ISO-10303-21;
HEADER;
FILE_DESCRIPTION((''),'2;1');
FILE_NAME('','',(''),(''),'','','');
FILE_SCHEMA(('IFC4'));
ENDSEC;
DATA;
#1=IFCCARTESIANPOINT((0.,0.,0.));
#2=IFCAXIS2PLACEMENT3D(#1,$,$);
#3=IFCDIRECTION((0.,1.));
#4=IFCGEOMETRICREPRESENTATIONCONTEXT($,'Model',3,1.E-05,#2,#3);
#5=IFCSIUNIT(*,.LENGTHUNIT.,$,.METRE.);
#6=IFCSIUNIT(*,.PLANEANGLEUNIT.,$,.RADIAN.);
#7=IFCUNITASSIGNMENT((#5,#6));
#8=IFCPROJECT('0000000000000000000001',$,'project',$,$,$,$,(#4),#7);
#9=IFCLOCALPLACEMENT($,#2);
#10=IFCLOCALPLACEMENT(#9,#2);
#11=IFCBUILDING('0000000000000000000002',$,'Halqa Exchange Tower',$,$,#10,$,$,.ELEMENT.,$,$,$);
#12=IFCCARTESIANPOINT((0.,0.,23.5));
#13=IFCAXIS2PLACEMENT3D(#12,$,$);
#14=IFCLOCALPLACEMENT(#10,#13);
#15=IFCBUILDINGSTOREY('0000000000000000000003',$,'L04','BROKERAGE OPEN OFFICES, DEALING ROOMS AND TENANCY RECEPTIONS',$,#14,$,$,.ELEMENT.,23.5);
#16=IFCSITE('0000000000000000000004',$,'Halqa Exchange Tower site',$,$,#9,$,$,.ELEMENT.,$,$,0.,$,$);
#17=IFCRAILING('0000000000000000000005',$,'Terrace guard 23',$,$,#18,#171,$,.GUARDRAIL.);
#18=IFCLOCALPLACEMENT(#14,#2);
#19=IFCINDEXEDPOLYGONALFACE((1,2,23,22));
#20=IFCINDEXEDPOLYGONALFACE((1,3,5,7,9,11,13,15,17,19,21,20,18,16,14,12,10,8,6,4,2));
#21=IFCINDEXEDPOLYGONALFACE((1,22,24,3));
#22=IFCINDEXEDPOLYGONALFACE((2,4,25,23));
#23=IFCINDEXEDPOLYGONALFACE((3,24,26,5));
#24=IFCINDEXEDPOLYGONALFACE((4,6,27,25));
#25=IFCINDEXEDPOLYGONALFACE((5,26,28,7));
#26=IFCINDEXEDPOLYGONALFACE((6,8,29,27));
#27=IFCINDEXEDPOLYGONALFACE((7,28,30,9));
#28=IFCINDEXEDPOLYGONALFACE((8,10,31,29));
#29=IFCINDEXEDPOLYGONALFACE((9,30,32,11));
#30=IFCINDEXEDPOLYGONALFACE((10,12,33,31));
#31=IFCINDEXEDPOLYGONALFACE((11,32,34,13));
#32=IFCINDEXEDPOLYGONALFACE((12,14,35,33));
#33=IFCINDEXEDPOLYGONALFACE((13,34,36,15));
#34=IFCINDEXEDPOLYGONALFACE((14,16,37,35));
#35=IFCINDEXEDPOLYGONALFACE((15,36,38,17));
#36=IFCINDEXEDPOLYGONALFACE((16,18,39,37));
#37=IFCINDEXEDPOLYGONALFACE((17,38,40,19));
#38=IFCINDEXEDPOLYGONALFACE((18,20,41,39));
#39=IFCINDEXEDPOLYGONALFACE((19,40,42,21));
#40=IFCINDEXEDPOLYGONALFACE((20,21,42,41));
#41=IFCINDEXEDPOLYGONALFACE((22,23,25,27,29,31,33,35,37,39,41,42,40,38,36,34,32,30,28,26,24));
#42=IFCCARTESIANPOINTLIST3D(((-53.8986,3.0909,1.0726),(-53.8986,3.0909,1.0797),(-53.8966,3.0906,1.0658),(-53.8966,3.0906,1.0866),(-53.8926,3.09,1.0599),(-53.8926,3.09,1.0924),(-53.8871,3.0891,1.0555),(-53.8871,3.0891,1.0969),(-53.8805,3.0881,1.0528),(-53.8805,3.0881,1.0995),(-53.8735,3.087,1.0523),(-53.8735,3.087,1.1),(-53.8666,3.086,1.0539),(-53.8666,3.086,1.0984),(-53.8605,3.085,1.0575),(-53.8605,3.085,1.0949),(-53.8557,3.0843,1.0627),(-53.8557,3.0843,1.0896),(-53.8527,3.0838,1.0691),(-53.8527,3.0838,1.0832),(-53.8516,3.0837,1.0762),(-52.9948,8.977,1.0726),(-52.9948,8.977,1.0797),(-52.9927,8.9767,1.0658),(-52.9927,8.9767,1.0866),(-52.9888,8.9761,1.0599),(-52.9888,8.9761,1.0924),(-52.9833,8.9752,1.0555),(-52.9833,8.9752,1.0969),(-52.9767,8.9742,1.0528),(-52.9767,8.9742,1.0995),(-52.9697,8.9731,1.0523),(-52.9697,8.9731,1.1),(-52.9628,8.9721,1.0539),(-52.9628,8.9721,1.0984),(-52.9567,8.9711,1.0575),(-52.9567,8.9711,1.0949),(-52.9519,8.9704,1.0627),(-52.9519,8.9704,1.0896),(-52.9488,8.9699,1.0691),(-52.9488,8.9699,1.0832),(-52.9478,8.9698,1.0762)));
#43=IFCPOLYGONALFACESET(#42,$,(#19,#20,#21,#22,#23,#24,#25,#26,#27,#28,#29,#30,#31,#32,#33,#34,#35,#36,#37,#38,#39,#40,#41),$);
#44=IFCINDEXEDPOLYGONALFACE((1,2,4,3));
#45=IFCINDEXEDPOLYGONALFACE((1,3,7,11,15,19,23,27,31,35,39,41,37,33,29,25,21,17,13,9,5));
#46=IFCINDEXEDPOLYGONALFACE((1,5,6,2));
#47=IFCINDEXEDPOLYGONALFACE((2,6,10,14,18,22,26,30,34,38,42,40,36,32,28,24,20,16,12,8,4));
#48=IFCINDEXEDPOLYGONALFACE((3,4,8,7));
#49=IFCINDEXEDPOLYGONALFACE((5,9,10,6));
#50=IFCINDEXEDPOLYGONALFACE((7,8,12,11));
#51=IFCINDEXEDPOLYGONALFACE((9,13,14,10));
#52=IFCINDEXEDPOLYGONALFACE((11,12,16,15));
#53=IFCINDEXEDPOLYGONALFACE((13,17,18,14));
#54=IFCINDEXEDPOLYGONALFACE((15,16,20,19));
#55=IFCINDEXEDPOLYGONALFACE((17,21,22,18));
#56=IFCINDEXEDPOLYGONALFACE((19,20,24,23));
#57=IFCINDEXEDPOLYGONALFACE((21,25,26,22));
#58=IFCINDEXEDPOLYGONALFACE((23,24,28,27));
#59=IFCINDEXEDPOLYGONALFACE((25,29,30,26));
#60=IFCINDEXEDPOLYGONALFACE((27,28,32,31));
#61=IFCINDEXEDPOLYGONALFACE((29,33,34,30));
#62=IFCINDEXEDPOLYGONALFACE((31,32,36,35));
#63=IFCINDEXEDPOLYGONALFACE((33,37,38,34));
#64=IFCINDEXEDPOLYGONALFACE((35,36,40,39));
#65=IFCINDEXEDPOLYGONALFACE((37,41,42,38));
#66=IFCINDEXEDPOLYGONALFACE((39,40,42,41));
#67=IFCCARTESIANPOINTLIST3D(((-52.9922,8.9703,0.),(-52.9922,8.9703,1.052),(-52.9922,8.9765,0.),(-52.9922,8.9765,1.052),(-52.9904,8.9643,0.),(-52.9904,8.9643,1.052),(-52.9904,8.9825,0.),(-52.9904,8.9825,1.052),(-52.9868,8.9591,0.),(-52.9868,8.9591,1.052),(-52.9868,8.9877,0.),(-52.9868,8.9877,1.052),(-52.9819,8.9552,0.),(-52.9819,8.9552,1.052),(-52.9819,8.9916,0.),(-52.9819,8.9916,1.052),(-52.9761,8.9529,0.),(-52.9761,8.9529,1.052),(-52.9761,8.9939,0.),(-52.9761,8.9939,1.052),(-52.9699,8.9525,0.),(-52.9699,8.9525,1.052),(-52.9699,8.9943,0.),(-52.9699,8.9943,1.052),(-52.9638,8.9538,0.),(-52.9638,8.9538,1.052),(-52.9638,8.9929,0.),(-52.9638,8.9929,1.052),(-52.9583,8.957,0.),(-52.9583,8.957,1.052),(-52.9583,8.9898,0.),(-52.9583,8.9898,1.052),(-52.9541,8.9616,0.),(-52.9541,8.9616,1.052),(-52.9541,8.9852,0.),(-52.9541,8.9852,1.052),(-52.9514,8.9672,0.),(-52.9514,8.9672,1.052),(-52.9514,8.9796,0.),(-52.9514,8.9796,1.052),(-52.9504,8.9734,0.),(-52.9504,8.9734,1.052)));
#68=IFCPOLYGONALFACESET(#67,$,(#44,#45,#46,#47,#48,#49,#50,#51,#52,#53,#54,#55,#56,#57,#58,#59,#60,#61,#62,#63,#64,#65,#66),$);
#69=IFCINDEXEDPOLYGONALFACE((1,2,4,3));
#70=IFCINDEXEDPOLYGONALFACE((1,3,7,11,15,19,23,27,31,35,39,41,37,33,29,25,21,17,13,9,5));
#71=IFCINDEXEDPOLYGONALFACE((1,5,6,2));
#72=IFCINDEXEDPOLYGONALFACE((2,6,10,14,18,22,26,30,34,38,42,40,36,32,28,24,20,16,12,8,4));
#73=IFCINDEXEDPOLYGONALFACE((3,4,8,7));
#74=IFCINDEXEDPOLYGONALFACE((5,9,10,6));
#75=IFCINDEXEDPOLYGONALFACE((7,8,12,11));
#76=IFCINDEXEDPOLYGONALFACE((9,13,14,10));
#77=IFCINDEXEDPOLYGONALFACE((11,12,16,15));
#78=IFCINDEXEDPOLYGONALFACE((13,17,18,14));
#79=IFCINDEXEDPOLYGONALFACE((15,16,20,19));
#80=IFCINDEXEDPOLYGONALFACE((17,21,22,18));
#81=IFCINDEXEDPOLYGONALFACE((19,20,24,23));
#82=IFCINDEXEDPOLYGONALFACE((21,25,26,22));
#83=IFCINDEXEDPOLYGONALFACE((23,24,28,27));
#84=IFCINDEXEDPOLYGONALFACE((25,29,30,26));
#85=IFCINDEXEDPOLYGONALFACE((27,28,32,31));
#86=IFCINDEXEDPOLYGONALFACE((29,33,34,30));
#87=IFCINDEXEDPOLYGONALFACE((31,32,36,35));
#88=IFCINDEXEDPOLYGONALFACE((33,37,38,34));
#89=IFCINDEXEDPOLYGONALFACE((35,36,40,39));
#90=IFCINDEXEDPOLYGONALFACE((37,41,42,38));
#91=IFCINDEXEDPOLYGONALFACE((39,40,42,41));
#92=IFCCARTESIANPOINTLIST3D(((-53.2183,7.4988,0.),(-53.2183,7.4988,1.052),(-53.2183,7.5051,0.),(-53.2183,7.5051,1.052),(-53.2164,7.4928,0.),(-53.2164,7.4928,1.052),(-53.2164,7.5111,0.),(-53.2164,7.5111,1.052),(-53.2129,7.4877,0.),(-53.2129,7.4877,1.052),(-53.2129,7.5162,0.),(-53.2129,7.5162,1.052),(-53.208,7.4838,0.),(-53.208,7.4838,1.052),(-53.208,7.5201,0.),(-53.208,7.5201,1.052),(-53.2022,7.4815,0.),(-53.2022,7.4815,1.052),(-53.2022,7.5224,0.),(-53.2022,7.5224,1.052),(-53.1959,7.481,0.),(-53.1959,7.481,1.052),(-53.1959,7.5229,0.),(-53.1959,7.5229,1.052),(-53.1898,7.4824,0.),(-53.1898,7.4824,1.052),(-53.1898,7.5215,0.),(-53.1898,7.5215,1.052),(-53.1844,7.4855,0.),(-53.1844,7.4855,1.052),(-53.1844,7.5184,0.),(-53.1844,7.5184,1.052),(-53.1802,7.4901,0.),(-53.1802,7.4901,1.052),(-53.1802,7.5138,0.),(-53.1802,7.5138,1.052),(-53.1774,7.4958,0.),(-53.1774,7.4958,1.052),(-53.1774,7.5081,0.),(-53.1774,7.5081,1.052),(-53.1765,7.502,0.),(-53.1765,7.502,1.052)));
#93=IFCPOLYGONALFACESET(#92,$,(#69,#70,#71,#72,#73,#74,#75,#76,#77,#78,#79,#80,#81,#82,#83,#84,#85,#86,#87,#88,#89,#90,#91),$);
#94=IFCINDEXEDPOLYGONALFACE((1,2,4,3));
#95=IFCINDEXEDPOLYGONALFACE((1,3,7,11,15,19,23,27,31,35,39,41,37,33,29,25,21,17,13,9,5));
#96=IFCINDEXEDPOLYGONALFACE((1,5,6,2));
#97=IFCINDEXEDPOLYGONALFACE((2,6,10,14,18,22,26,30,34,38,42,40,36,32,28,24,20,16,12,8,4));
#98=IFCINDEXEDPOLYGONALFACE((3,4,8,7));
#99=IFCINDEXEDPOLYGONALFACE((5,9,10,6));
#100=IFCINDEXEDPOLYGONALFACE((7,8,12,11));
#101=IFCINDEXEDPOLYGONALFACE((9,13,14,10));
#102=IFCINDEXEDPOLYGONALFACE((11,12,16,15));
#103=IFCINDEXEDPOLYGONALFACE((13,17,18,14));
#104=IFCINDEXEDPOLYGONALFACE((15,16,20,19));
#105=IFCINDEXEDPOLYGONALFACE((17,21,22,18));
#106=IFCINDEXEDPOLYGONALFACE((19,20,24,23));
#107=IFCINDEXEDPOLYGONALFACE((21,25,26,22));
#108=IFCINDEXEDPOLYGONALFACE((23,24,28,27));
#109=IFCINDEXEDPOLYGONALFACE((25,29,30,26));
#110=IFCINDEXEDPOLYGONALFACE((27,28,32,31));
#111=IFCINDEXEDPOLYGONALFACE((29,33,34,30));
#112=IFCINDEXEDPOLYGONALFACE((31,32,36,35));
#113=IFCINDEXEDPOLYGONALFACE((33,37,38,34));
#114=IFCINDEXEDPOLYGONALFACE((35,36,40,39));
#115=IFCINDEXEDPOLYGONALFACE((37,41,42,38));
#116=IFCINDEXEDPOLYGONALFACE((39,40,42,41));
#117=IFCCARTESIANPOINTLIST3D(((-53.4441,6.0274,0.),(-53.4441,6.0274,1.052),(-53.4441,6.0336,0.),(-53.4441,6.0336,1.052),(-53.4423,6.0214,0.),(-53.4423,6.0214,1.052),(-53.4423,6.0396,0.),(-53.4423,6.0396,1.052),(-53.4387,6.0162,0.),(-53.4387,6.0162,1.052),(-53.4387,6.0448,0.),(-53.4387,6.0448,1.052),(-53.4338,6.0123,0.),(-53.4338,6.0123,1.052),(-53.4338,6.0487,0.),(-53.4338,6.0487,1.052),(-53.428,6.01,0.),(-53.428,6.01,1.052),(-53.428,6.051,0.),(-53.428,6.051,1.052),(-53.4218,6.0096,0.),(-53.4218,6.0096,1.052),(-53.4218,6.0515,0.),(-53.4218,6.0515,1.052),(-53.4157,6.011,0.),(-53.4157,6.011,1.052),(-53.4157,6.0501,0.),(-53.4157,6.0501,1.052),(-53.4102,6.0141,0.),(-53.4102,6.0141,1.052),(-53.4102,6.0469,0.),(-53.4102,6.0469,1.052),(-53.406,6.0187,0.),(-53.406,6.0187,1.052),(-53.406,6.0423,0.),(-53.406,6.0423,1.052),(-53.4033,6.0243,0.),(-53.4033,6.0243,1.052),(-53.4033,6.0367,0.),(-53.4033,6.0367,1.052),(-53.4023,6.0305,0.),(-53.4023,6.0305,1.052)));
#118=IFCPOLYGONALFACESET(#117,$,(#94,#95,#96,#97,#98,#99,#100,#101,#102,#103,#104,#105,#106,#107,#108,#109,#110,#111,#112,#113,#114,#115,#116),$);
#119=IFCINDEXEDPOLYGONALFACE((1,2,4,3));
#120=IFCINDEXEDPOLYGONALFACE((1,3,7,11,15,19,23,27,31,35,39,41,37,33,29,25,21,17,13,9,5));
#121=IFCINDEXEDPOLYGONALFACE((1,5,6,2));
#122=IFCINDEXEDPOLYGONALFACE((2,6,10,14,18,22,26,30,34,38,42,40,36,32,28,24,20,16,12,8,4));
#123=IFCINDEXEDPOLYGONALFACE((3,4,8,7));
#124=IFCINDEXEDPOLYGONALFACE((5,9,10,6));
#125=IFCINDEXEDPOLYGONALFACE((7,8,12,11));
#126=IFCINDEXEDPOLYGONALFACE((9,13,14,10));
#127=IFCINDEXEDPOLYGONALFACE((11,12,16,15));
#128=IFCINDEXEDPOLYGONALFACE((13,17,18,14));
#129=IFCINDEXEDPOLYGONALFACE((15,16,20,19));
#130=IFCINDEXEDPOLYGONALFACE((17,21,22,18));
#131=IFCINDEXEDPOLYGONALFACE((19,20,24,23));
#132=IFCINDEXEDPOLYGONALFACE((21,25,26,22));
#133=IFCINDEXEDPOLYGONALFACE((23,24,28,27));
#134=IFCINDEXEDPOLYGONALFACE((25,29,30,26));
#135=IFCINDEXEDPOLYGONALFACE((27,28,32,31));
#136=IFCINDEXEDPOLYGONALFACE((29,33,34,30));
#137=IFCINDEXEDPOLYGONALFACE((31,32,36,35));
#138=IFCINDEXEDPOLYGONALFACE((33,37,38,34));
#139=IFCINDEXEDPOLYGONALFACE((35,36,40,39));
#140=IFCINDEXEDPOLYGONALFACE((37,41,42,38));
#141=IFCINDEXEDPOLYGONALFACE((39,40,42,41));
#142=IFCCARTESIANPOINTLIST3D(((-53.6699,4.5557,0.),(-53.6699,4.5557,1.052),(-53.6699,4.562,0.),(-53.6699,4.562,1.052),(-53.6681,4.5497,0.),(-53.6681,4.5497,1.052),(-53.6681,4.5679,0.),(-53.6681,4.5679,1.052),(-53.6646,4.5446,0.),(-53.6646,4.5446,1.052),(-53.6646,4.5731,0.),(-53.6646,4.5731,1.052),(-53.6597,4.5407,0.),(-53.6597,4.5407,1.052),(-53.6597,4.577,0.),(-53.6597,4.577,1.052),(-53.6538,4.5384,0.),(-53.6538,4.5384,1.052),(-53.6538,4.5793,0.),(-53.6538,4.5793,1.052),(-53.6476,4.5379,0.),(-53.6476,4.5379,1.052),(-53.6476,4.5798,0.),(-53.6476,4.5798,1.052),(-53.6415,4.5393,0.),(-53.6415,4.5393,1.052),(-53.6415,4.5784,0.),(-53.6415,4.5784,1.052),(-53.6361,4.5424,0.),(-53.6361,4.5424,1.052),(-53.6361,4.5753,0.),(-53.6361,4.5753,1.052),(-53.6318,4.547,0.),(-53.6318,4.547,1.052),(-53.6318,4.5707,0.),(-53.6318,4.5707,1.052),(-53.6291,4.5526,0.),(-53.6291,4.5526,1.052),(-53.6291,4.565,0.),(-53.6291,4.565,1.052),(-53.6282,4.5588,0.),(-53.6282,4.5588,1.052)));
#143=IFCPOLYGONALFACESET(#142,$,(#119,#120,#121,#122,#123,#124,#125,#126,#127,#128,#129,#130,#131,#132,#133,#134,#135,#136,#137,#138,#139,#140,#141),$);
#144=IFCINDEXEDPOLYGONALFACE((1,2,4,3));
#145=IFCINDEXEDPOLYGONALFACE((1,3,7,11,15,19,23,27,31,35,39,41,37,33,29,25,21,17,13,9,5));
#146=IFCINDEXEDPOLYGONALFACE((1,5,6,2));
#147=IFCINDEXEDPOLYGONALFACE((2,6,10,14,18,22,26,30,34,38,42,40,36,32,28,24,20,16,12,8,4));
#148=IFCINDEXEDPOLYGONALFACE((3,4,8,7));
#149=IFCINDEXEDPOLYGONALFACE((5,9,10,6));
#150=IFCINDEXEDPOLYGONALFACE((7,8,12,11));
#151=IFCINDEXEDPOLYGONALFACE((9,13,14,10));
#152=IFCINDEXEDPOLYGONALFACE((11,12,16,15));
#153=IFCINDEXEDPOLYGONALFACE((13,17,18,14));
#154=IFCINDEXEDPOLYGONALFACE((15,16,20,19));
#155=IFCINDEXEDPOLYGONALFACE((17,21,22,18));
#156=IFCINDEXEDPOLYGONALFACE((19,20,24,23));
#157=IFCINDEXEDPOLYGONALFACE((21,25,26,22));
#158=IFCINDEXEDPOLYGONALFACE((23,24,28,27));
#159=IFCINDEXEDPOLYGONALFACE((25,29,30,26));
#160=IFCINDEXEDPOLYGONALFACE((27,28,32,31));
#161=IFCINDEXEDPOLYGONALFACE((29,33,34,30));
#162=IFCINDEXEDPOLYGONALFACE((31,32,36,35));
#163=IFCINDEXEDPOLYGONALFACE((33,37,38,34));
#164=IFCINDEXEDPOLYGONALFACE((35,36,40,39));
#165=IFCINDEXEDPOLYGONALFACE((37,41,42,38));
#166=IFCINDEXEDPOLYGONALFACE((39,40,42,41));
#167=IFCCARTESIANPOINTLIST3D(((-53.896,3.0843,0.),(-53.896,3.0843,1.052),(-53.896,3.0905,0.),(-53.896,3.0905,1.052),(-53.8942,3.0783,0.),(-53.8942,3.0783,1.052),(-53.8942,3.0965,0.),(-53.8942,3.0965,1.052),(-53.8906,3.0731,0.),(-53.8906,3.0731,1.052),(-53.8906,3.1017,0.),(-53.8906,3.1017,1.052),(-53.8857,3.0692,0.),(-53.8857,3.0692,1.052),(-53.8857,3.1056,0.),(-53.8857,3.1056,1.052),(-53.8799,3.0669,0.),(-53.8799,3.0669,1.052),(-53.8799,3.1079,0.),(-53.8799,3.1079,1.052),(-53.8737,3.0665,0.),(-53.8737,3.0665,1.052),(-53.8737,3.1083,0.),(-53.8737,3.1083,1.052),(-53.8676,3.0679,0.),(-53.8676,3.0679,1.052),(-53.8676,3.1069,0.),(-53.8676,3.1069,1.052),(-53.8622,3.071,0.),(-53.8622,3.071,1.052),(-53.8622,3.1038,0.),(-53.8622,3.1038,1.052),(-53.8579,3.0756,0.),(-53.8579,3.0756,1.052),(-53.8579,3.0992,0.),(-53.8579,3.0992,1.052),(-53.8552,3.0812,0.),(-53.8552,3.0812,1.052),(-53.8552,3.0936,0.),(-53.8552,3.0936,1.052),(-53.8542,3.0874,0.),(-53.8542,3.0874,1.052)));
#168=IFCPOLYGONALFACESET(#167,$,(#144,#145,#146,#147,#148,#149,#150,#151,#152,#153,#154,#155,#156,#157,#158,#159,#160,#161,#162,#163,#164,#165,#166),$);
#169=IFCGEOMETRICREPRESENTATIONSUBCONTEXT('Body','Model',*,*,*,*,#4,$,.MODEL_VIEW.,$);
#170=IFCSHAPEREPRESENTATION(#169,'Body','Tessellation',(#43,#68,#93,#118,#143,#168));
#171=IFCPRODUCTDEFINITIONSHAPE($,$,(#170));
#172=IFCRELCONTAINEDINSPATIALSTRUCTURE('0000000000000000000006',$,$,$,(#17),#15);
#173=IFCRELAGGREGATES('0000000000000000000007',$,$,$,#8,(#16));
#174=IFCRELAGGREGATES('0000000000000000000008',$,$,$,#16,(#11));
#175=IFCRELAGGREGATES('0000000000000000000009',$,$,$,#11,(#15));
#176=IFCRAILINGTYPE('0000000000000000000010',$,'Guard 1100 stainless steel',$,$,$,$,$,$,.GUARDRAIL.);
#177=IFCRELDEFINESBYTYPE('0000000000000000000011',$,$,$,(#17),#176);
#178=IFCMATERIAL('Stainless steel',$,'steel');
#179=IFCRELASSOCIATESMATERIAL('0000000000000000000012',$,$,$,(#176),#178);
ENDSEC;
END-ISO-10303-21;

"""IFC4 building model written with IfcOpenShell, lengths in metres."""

from ifc_helpers import new_model, si_unit, direction, frame, origin, origin_2d, place, context, subcontext, project, spatial, circle, extrude, material, type_object, element, save


model = new_model("IFC4")

# Units and contexts
model_context = context("Model", 3, precision=1e-05, world=origin(), true_north=direction((0.0, 1.0)))
body_context = subcontext(model_context, "Body", "Model", "MODEL_VIEW")
ifc_project = project(units=[si_unit("LENGTHUNIT", "METRE"), si_unit("PLANEANGLEUNIT", "RADIAN")], contexts=[model_context])

# Site, building, storey
site_placement = place(None, origin())
site = spatial("IfcSite", under=ifc_project, at=site_placement, Name="Halqa Exchange Tower site", CompositionType="ELEMENT", RefElevation=0.0)
building_placement = place(site_placement, origin())
building = spatial("IfcBuilding", under=site, at=building_placement, Name="Halqa Exchange Tower", CompositionType="ELEMENT")
storey_placement = place(building_placement, frame((0.0, 0.0, 23.5)))
storey = spatial("IfcBuildingStorey", under=building, at=storey_placement, Name="L04", Description="BROKERAGE OPEN OFFICES, DEALING ROOMS AND TENANCY RECEPTIONS", CompositionType="ELEMENT", Elevation=23.5)

# Railing
ifc_material_1 = material(Name="Stainless steel", Category="steel")
railing_type = type_object("IfcRailingType", Name="Guard 1100 stainless steel", PredefinedType="GUARDRAIL", material=ifc_material_1)
railing_1_placement = place(storey_placement, frame((-52.9714, 8.9734, 0.0)))
element("IfcRailing", 1, at=railing_1_placement, inside=storey, type_object=railing_type, Name="Terrace guard 23", PredefinedType="GUARDRAIL", context=body_context, shape_type="SweptSolid", body=[
    extrude(circle(Radius=0.0239, at=origin_2d()), frame((0.0, 0.0, 1.0762), z_axis=(-0.151774, -0.988415, 0.0), x_axis=(0.988415, -0.151774, 0.0)), (0.0, 0.0, 1.0), 5.9551),
    extrude(circle(Radius=0.021, at=origin_2d()), origin(), (0.0, 0.0, 1.0), 1.052),
    extrude(circle(Radius=0.021, at=origin_2d()), frame((-0.2261, -1.4714, 0.0)), (0.0, 0.0, 1.0), 1.052),
    extrude(circle(Radius=0.021, at=origin_2d()), frame((-0.4519, -2.9429, 0.0)), (0.0, 0.0, 1.0), 1.052),
    extrude(circle(Radius=0.021, at=origin_2d()), frame((-0.6777, -4.4146, 0.0)), (0.0, 0.0, 1.0), 1.052),
    extrude(circle(Radius=0.021, at=origin_2d()), frame((-0.9038, -5.886, 0.0)), (0.0, 0.0, 1.0), 1.052),
])

save(model, "model.ifc")
